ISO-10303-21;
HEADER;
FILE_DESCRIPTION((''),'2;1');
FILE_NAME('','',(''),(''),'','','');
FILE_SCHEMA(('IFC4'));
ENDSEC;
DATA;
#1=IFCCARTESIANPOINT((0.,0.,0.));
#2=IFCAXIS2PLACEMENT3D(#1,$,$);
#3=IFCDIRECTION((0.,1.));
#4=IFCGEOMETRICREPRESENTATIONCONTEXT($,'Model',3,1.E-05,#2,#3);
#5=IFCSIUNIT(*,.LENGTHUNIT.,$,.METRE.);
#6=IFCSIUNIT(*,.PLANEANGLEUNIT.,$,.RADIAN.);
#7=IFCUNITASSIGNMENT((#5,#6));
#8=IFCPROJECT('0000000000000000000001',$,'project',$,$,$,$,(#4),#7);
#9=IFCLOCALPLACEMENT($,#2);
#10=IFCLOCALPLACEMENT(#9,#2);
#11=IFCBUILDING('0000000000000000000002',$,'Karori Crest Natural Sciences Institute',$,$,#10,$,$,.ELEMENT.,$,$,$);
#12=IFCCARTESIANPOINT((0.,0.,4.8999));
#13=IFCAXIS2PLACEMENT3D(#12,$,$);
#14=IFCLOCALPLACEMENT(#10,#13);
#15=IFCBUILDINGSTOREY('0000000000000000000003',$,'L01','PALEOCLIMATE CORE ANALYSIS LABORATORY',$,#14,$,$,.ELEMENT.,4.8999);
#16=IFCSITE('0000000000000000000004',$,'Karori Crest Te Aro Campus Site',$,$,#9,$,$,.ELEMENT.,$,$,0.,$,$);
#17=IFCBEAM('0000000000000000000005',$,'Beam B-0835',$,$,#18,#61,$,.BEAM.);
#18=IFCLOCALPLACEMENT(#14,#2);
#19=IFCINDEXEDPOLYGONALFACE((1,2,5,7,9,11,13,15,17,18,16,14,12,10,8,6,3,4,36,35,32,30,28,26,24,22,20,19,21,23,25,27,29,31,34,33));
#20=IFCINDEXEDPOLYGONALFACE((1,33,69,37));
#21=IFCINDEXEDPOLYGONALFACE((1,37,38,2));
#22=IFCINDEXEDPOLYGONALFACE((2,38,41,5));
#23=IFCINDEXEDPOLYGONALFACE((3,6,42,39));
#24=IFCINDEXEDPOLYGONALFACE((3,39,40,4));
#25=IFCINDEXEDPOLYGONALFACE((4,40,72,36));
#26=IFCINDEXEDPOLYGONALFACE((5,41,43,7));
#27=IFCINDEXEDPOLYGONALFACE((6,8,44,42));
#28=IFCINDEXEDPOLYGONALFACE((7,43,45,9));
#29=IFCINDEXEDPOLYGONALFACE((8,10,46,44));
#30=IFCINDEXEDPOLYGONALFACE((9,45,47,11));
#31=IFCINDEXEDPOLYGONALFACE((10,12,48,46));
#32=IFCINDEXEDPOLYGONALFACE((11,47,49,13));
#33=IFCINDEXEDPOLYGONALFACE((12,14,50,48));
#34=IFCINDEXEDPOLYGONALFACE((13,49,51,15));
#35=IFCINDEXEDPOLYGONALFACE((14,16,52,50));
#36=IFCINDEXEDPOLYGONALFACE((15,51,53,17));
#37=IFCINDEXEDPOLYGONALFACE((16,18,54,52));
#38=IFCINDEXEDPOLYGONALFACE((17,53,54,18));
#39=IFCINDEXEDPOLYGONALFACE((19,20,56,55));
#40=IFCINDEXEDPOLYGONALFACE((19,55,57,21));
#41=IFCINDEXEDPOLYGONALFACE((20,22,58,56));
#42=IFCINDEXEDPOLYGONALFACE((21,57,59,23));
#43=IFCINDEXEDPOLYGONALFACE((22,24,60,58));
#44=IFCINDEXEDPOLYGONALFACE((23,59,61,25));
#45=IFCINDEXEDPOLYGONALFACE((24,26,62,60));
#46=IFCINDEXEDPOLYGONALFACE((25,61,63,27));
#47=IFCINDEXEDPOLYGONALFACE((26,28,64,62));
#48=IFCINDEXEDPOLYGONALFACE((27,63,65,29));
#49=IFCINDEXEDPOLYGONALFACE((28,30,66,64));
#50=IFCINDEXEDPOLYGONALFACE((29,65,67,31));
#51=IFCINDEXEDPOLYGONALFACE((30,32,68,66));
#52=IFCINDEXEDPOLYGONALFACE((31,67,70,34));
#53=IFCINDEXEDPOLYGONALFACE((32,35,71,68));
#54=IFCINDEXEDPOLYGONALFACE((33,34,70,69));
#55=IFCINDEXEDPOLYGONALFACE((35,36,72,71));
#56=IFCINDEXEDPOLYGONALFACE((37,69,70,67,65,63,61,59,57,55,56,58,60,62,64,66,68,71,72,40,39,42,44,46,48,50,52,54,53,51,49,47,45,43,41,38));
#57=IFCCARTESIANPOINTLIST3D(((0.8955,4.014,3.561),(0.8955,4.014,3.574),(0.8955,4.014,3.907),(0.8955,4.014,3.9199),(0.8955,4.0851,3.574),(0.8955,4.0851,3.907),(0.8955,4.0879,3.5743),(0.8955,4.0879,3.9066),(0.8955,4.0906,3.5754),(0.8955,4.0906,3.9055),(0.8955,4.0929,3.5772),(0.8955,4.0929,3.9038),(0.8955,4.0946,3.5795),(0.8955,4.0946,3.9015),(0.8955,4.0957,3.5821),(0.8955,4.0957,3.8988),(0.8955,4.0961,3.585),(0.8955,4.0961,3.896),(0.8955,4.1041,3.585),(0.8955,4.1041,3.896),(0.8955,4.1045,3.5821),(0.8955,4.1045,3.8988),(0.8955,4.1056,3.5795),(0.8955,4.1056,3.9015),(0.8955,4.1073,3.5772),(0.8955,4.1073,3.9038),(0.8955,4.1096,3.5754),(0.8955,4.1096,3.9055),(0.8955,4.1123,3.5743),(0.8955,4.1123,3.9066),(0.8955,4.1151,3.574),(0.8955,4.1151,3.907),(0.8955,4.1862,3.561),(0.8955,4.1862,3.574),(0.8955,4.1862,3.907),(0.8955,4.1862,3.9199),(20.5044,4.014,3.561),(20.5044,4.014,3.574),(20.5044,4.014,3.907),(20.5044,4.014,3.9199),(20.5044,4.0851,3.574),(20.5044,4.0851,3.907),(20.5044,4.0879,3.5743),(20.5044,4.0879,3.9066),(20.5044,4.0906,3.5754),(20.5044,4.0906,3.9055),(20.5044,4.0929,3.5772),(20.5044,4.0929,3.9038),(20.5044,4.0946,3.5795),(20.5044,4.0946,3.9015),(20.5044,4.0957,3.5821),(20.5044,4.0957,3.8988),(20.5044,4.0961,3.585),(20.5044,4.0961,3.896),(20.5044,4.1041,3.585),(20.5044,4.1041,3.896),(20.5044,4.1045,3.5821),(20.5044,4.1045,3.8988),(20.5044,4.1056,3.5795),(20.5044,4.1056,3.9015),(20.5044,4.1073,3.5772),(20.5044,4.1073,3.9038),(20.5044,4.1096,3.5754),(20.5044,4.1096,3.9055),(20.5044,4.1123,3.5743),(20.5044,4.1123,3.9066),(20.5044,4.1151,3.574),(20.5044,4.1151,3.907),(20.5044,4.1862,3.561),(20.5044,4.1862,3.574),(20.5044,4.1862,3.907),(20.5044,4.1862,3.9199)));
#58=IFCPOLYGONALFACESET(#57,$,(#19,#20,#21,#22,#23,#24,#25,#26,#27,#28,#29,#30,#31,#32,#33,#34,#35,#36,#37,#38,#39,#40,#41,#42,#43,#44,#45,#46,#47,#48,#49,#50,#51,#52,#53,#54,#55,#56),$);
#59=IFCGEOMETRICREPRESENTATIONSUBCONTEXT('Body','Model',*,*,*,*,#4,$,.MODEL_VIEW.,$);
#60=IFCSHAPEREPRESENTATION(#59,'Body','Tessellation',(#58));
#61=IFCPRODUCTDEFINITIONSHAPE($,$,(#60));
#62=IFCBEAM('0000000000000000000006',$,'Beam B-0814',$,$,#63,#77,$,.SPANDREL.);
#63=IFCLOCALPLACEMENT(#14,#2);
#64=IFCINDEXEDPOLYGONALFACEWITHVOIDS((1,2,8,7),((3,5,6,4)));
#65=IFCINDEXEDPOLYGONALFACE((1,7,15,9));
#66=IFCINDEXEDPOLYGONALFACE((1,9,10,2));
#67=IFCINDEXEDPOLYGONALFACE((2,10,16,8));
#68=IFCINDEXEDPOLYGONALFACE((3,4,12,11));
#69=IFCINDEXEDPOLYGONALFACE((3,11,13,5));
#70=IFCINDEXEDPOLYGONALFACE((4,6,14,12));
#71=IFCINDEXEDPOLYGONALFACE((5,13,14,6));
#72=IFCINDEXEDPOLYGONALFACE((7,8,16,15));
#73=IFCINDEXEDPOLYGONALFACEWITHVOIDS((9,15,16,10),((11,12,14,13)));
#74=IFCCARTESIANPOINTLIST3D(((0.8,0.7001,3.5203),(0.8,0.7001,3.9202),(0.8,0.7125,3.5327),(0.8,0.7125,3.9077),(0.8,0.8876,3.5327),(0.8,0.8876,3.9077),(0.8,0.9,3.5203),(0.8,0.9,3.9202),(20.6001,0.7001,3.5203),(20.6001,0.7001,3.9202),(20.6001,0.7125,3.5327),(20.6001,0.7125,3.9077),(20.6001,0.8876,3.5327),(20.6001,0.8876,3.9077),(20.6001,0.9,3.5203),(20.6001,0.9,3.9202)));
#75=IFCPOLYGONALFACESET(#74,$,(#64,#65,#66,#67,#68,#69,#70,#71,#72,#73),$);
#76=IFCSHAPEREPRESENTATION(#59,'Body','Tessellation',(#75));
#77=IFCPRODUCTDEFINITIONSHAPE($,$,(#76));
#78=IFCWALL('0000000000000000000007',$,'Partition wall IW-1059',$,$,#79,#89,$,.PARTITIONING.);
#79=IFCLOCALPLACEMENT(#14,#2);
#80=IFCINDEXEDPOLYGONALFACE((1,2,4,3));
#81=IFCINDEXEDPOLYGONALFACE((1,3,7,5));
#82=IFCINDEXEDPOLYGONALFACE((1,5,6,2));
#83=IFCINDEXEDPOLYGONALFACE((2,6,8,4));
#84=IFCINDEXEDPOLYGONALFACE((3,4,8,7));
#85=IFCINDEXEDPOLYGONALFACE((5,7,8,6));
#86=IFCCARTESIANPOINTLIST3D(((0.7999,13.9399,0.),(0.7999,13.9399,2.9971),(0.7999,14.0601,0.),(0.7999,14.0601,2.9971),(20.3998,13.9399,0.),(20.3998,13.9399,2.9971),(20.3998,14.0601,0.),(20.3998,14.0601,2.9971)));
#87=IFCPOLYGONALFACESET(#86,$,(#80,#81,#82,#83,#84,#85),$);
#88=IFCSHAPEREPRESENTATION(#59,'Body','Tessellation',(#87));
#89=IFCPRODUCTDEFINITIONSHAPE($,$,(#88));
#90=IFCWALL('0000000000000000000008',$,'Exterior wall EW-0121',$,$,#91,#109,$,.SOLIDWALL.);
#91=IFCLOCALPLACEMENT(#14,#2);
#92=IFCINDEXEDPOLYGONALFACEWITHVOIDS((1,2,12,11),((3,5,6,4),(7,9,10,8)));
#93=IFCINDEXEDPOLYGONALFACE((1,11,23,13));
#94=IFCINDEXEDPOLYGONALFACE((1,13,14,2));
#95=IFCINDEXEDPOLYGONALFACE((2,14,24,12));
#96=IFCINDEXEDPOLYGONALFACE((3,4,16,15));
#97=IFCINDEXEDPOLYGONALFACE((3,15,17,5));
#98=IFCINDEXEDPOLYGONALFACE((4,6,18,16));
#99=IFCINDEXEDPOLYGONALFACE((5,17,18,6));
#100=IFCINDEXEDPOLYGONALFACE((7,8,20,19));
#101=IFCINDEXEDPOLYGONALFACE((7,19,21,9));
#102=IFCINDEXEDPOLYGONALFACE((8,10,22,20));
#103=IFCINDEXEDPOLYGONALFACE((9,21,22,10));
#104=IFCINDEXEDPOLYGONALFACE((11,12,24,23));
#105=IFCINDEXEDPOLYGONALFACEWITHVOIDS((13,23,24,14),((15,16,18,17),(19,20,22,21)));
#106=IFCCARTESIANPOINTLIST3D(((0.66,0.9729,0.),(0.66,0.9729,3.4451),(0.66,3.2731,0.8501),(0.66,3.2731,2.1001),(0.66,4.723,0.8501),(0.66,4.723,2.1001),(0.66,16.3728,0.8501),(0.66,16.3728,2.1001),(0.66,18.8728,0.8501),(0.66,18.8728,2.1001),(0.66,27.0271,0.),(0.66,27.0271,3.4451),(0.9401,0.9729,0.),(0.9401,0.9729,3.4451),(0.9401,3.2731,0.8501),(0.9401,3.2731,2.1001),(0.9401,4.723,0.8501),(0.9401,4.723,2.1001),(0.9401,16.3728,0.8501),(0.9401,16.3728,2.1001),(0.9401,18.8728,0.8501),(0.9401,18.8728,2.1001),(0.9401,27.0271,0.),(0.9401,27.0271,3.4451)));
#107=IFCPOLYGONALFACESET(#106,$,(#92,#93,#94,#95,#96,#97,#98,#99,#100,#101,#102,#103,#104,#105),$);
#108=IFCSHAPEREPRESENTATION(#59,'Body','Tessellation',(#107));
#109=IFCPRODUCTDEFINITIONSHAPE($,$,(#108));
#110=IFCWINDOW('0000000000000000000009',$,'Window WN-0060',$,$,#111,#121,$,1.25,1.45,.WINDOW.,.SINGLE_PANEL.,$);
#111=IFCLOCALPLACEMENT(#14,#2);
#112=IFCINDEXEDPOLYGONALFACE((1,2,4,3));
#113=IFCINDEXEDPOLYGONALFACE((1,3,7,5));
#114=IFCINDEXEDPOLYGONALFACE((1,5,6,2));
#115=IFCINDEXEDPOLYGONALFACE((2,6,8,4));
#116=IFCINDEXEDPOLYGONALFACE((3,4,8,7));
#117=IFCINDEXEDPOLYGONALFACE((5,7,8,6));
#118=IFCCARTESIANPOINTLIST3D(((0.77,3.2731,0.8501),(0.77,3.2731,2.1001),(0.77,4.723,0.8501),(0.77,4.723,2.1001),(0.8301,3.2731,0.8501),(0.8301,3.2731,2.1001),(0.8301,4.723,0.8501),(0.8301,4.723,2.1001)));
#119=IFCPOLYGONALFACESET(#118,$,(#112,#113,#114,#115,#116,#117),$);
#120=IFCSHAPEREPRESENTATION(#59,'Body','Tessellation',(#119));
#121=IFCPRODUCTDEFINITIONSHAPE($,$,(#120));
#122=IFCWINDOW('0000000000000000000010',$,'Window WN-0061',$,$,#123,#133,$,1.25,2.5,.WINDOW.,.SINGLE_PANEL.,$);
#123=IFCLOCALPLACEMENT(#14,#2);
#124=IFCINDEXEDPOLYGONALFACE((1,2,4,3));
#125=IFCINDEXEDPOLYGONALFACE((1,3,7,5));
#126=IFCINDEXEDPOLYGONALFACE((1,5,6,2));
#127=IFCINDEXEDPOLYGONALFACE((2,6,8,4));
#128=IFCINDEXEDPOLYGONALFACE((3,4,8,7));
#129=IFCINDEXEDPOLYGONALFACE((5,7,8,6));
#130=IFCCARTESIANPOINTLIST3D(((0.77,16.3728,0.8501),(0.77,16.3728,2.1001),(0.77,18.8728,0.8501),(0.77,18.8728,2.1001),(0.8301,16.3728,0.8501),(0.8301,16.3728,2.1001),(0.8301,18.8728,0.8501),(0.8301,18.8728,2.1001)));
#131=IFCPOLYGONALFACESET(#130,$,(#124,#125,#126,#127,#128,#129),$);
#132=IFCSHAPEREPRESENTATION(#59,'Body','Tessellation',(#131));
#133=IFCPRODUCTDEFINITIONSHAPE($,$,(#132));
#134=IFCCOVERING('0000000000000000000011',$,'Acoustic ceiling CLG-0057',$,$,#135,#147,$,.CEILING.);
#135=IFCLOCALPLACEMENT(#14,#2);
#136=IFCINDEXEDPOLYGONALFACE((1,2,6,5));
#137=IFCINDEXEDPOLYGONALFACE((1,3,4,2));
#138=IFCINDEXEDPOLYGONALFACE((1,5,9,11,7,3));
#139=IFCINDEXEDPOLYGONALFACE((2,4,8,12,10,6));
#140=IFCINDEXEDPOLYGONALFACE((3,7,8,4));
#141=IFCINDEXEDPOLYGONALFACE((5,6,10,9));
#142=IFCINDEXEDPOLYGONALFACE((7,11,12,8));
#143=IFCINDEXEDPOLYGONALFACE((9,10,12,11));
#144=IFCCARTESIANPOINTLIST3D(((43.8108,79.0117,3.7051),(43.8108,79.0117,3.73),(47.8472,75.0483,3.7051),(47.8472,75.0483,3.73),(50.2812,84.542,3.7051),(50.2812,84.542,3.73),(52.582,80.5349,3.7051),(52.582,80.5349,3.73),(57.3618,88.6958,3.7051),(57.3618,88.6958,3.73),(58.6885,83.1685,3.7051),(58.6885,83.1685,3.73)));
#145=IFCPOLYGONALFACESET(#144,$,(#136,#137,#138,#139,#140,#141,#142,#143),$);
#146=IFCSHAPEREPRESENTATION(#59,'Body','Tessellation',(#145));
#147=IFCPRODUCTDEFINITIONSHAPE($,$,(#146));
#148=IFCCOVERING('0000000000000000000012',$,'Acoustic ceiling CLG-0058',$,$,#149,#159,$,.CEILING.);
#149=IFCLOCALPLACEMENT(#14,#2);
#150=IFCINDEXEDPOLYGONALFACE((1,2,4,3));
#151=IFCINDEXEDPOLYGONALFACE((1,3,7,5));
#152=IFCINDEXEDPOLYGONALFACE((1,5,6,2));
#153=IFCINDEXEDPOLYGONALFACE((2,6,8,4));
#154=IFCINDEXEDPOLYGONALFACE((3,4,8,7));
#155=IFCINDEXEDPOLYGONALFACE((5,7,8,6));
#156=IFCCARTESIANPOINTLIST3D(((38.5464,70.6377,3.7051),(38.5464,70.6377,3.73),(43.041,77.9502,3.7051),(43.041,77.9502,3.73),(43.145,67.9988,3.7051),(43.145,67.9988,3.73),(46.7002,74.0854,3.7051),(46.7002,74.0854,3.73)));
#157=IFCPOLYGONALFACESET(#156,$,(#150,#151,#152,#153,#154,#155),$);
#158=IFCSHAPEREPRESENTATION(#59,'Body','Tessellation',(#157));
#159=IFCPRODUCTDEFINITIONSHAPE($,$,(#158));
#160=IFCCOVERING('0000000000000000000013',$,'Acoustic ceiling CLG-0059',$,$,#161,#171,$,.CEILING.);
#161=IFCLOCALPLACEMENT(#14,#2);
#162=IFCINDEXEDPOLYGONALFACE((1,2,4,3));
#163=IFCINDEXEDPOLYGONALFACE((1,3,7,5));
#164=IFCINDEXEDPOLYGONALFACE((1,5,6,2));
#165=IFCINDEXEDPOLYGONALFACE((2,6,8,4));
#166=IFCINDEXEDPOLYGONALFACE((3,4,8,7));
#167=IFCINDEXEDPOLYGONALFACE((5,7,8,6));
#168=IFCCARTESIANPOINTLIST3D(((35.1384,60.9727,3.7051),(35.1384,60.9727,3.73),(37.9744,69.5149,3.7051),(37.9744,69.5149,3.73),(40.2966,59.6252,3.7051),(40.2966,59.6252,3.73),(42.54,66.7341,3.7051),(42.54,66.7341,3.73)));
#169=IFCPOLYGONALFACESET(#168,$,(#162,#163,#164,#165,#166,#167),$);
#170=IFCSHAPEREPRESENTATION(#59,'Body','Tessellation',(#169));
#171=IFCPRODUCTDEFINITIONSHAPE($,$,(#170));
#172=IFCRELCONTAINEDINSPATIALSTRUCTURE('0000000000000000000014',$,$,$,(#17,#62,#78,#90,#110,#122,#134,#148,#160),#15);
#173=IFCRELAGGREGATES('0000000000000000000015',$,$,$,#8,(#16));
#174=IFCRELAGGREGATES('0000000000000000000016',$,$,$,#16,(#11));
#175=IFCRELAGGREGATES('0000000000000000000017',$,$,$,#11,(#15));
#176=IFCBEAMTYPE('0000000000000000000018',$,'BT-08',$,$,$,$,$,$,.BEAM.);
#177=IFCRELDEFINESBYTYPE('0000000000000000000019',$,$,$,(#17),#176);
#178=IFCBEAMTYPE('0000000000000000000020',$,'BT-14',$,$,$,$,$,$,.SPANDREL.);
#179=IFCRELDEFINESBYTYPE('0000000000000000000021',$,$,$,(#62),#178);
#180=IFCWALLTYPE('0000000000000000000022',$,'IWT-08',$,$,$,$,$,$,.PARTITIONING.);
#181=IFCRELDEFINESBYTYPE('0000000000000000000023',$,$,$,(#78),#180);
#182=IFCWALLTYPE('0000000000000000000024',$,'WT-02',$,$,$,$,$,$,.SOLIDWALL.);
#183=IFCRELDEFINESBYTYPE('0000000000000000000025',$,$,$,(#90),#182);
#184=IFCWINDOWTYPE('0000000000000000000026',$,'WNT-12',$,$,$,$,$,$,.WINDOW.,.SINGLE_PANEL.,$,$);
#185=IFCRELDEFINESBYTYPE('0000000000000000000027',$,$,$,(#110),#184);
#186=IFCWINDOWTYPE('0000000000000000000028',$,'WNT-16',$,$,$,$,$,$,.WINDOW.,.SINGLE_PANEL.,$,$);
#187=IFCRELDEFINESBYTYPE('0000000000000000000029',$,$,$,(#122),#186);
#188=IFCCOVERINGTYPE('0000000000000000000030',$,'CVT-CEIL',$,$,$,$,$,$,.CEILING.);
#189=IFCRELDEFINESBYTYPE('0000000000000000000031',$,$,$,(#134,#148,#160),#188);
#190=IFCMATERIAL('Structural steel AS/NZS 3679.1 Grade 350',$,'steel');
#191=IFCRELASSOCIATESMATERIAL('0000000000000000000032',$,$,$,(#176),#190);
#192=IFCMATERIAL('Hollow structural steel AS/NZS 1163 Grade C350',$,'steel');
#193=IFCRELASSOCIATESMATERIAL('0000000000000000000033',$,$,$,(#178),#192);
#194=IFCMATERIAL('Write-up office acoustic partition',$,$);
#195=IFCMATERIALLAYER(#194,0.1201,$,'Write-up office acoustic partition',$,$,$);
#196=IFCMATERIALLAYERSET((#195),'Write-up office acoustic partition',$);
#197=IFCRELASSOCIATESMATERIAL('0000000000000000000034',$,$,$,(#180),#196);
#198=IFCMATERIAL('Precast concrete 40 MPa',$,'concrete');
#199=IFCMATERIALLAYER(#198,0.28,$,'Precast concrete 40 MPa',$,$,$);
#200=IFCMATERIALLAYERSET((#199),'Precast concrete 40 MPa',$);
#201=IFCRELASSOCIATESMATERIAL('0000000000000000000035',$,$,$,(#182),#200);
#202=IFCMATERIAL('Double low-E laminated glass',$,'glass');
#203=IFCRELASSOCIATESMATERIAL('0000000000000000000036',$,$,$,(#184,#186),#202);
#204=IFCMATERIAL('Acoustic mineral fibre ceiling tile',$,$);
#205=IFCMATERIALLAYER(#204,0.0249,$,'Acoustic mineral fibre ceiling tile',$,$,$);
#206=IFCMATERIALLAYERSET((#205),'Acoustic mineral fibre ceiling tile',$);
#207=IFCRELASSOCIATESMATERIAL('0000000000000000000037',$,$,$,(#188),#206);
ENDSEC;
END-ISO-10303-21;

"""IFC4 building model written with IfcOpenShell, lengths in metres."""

from ifc_helpers import new_model, si_unit, direction, frame, frame_2d, origin, origin_2d, place, context, subcontext, project, spatial, polyline, rectangle, hollow_rectangle, i_section, outline, extrude, material, layer, layer_set, material_profile, profile_set, type_object, element, fill, save


model = new_model("IFC4")

# Units and contexts
model_context = context("Model", 3, precision=1e-05, world=origin(), true_north=direction((0.0, 1.0)))
body_context = subcontext(model_context, "Body", "Model", "MODEL_VIEW")
ifc_project = project(units=[si_unit("LENGTHUNIT", "METRE"), si_unit("PLANEANGLEUNIT", "RADIAN")], contexts=[model_context])

# Site, building, storey
site_placement = place(None, origin())
site = spatial("IfcSite", under=ifc_project, at=site_placement, Name="Karori Crest Te Aro Campus Site", CompositionType="ELEMENT", RefElevation=0.0)
building_placement = place(site_placement, origin())
building = spatial("IfcBuilding", under=site, at=building_placement, Name="Karori Crest Natural Sciences Institute", CompositionType="ELEMENT")
storey_placement = place(building_placement, frame((0.0, 0.0, 4.8999)))
storey = spatial("IfcBuildingStorey", under=building, at=storey_placement, Name="L01", Description="PALEOCLIMATE CORE ANALYSIS LABORATORY", CompositionType="ELEMENT", Elevation=4.8999)

# Shared definitions
ifc_material_1 = material(Name="Structural steel AS/NZS 3679.1 Grade 350", Category="steel")

# Beams
ifc_material_profile_1 = material_profile(ifc_material_1, i_section(OverallWidth=0.1721, OverallDepth=0.3589, WebThickness=0.0081, FlangeThickness=0.0129, FilletRadius=0.011, at=origin_2d()), Name="360UB56.7")
ifc_profile_set_1 = profile_set([ifc_material_profile_1], Name="Structural steel AS/NZS 3679.1 Grade 350")
beam_type_1 = type_object("IfcBeamType", Name="BT-08", PredefinedType="BEAM", material=ifc_profile_set_1)
beam_1_placement = place(storey_placement, frame((0.8955, 4.1001, 3.7405), z_axis=(1.0, 0.0, 0.0), x_axis=(0.0, 1.0, 0.0)))
element("IfcBeam", 1, at=beam_1_placement, inside=storey, type_object=beam_type_1, Name="Beam B-0835", PredefinedType="BEAM", context=body_context, shape_type="SweptSolid", body=[
    extrude(i_section(OverallWidth=0.1721, OverallDepth=0.3589, WebThickness=0.0081, FlangeThickness=0.0129, FilletRadius=0.011, at=origin_2d()), origin(), (0.0, 0.0, 1.0), 19.6089),
])
ifc_material_2 = material(Name="Hollow structural steel AS/NZS 1163 Grade C350", Category="steel")
ifc_material_profile_2 = material_profile(ifc_material_2, hollow_rectangle(XDim=0.2, YDim=0.3999, WallThickness=0.0125, at=origin_2d()), Name="RHS400x200x12.5")
ifc_profile_set_2 = profile_set([ifc_material_profile_2], Name="Hollow structural steel AS/NZS 1163 Grade C350")
beam_type_2 = type_object("IfcBeamType", Name="BT-14", PredefinedType="SPANDREL", material=ifc_profile_set_2)
beam_2_placement = place(storey_placement, frame((0.8, 0.8, 3.7202), z_axis=(1.0, 0.0, 0.0), x_axis=(0.0, 1.0, 0.0)))
element("IfcBeam", 2, at=beam_2_placement, inside=storey, type_object=beam_type_2, Name="Beam B-0814", PredefinedType="SPANDREL", context=body_context, shape_type="SweptSolid", body=[
    extrude(hollow_rectangle(XDim=0.2, YDim=0.3999, WallThickness=0.0125, at=origin_2d()), origin(), (0.0, 0.0, 1.0), 19.8),
])

# Wall
ifc_material_3 = material(Name="Write-up office acoustic partition")
ifc_layer_1 = layer(ifc_material_3, 0.1201, Name="Write-up office acoustic partition")
ifc_layer_set_1 = layer_set([ifc_layer_1], Name="Write-up office acoustic partition")
wall_type_1 = type_object("IfcWallType", Name="IWT-08", PredefinedType="PARTITIONING", material=ifc_layer_set_1)
wall_1_placement = place(storey_placement, frame((0.8, 14.0, 0.0), z_axis=(0.0, 0.0, 1.0), x_axis=(1.0, 0.0, 0.0)))
element("IfcWall", 3, at=wall_1_placement, inside=storey, type_object=wall_type_1, Name="Partition wall IW-1059", PredefinedType="PARTITIONING", context=body_context, shape_type="SweptSolid", body=[
    extrude(rectangle(XDim=19.5999, YDim=0.1201, at=frame_2d((9.7998, 0.0))), origin(), (0.0, 0.0, 1.0), 2.9971),
])

# Wall, openings, windows
ifc_material_4 = material(Name="Precast concrete 40 MPa", Category="concrete")
ifc_layer_2 = layer(ifc_material_4, 0.28, Name="Precast concrete 40 MPa")
ifc_layer_set_2 = layer_set([ifc_layer_2], Name="Precast concrete 40 MPa")
wall_type_2 = type_object("IfcWallType", Name="WT-02", PredefinedType="SOLIDWALL", material=ifc_layer_set_2)
wall_2_placement = place(storey_placement, frame((0.8, 0.9729, 0.0), z_axis=(0.0, 0.0, 1.0), x_axis=(0.0, 1.0, 0.0)))
wall_2 = element("IfcWall", 4, at=wall_2_placement, inside=storey, type_object=wall_type_2, Name="Exterior wall EW-0121", PredefinedType="SOLIDWALL", context=body_context, shape_type="SweptSolid", body=[
    extrude(rectangle(XDim=26.0542, YDim=0.28, at=frame_2d((13.0271, 0.0))), origin(), (0.0, 0.0, 1.0), 3.4451),
])
opening_1_placement = place(wall_2_placement, frame((2.3, 0.0, 0.8501)))
opening_1 = element("IfcOpeningElement", 5, at=opening_1_placement, cuts=wall_2, PredefinedType="OPENING", context=body_context, shape_type="SweptSolid", body=[
    extrude(rectangle(XDim=1.45, YDim=1.25, at=frame_2d((0.7251, 0.625))), frame((0.0, 0.1499, 0.0), z_axis=(0.0, -1.0, 0.0), x_axis=(1.0, 0.0, 0.0)), (0.0, 0.0, 1.0), 0.3),
])
opening_2_placement = place(wall_2_placement, frame((15.3999, 0.0, 0.8501)))
opening_2 = element("IfcOpeningElement", 6, at=opening_2_placement, cuts=wall_2, PredefinedType="OPENING", context=body_context, shape_type="SweptSolid", body=[
    extrude(rectangle(XDim=2.5, YDim=1.25, at=frame_2d((1.25, 0.625))), frame((0.0, 0.1499, 0.0), z_axis=(0.0, -1.0, 0.0), x_axis=(1.0, 0.0, 0.0)), (0.0, 0.0, 1.0), 0.3),
])
ifc_material_5 = material(Name="Double low-E laminated glass", Category="glass")
window_type_1 = type_object("IfcWindowType", Name="WNT-12", PartitioningType="SINGLE_PANEL", PredefinedType="WINDOW", material=ifc_material_5)
window_1_placement = place(opening_1_placement, origin())
window_1 = element("IfcWindow", 7, at=window_1_placement, inside=storey, type_object=window_type_1, Name="Window WN-0060", OverallHeight=1.25, OverallWidth=1.45, PartitioningType="SINGLE_PANEL", PredefinedType="WINDOW", context=body_context, shape_type="SweptSolid", body=[
    extrude(rectangle(XDim=1.45, YDim=1.25, at=frame_2d((0.7251, 0.625))), frame((0.0, 0.03, 0.0), z_axis=(0.0, -1.0, 0.0), x_axis=(1.0, 0.0, 0.0)), (0.0, 0.0, 1.0), 0.0601),
])
fill(opening_1, window_1)
window_type_2 = type_object("IfcWindowType", Name="WNT-16", PartitioningType="SINGLE_PANEL", PredefinedType="WINDOW", material=ifc_material_5)
window_2_placement = place(opening_2_placement, origin())
window_2 = element("IfcWindow", 8, at=window_2_placement, inside=storey, type_object=window_type_2, Name="Window WN-0061", OverallHeight=1.25, OverallWidth=2.5, PartitioningType="SINGLE_PANEL", PredefinedType="WINDOW", context=body_context, shape_type="SweptSolid", body=[
    extrude(rectangle(XDim=2.5, YDim=1.25, at=frame_2d((1.25, 0.625))), frame((0.0, 0.03, 0.0), z_axis=(0.0, -1.0, 0.0), x_axis=(1.0, 0.0, 0.0)), (0.0, 0.0, 1.0), 0.0601),
])
fill(opening_2, window_2)

# Coverings
ifc_material_6 = material(Name="Acoustic mineral fibre ceiling tile")
ifc_layer_3 = layer(ifc_material_6, 0.0249, Name="Acoustic mineral fibre ceiling tile")
ifc_layer_set_3 = layer_set([ifc_layer_3], Name="Acoustic mineral fibre ceiling tile")
covering_type = type_object("IfcCoveringType", Name="CVT-CEIL", PredefinedType="CEILING", material=ifc_layer_set_3)
covering_1_placement = place(storey_placement, frame((0.0, 0.0, 3.7051)))
element("IfcCovering", 9, at=covering_1_placement, inside=storey, type_object=covering_type, Name="Acoustic ceiling CLG-0057", PredefinedType="CEILING", context=body_context, shape_type="SweptSolid", body=[
    extrude(outline(polyline([(52.582, 80.5349), (58.6885, 83.1685), (57.3618, 88.6958), (50.2812, 84.542), (43.8108, 79.0117), (47.8472, 75.0483), (52.582, 80.5349)])), origin(), (0.0, 0.0, 1.0), 0.0249),
])
covering_2_placement = place(storey_placement, frame((0.0, 0.0, 3.7051)))
element("IfcCovering", 10, at=covering_2_placement, inside=storey, type_object=covering_type, Name="Acoustic ceiling CLG-0058", PredefinedType="CEILING", context=body_context, shape_type="SweptSolid", body=[
    extrude(outline(polyline([(43.145, 67.9988), (46.7002, 74.0854), (43.041, 77.9502), (38.5464, 70.6377), (43.145, 67.9988)])), origin(), (0.0, 0.0, 1.0), 0.0249),
])
covering_3_placement = place(storey_placement, frame((0.0, 0.0, 3.7051)))
element("IfcCovering", 11, at=covering_3_placement, inside=storey, type_object=covering_type, Name="Acoustic ceiling CLG-0059", PredefinedType="CEILING", context=body_context, shape_type="SweptSolid", body=[
    extrude(outline(polyline([(40.2966, 59.6252), (42.54, 66.7341), (37.9744, 69.5149), (35.1384, 60.9727), (40.2966, 59.6252)])), origin(), (0.0, 0.0, 1.0), 0.0249),
])

save(model, "model.ifc")
